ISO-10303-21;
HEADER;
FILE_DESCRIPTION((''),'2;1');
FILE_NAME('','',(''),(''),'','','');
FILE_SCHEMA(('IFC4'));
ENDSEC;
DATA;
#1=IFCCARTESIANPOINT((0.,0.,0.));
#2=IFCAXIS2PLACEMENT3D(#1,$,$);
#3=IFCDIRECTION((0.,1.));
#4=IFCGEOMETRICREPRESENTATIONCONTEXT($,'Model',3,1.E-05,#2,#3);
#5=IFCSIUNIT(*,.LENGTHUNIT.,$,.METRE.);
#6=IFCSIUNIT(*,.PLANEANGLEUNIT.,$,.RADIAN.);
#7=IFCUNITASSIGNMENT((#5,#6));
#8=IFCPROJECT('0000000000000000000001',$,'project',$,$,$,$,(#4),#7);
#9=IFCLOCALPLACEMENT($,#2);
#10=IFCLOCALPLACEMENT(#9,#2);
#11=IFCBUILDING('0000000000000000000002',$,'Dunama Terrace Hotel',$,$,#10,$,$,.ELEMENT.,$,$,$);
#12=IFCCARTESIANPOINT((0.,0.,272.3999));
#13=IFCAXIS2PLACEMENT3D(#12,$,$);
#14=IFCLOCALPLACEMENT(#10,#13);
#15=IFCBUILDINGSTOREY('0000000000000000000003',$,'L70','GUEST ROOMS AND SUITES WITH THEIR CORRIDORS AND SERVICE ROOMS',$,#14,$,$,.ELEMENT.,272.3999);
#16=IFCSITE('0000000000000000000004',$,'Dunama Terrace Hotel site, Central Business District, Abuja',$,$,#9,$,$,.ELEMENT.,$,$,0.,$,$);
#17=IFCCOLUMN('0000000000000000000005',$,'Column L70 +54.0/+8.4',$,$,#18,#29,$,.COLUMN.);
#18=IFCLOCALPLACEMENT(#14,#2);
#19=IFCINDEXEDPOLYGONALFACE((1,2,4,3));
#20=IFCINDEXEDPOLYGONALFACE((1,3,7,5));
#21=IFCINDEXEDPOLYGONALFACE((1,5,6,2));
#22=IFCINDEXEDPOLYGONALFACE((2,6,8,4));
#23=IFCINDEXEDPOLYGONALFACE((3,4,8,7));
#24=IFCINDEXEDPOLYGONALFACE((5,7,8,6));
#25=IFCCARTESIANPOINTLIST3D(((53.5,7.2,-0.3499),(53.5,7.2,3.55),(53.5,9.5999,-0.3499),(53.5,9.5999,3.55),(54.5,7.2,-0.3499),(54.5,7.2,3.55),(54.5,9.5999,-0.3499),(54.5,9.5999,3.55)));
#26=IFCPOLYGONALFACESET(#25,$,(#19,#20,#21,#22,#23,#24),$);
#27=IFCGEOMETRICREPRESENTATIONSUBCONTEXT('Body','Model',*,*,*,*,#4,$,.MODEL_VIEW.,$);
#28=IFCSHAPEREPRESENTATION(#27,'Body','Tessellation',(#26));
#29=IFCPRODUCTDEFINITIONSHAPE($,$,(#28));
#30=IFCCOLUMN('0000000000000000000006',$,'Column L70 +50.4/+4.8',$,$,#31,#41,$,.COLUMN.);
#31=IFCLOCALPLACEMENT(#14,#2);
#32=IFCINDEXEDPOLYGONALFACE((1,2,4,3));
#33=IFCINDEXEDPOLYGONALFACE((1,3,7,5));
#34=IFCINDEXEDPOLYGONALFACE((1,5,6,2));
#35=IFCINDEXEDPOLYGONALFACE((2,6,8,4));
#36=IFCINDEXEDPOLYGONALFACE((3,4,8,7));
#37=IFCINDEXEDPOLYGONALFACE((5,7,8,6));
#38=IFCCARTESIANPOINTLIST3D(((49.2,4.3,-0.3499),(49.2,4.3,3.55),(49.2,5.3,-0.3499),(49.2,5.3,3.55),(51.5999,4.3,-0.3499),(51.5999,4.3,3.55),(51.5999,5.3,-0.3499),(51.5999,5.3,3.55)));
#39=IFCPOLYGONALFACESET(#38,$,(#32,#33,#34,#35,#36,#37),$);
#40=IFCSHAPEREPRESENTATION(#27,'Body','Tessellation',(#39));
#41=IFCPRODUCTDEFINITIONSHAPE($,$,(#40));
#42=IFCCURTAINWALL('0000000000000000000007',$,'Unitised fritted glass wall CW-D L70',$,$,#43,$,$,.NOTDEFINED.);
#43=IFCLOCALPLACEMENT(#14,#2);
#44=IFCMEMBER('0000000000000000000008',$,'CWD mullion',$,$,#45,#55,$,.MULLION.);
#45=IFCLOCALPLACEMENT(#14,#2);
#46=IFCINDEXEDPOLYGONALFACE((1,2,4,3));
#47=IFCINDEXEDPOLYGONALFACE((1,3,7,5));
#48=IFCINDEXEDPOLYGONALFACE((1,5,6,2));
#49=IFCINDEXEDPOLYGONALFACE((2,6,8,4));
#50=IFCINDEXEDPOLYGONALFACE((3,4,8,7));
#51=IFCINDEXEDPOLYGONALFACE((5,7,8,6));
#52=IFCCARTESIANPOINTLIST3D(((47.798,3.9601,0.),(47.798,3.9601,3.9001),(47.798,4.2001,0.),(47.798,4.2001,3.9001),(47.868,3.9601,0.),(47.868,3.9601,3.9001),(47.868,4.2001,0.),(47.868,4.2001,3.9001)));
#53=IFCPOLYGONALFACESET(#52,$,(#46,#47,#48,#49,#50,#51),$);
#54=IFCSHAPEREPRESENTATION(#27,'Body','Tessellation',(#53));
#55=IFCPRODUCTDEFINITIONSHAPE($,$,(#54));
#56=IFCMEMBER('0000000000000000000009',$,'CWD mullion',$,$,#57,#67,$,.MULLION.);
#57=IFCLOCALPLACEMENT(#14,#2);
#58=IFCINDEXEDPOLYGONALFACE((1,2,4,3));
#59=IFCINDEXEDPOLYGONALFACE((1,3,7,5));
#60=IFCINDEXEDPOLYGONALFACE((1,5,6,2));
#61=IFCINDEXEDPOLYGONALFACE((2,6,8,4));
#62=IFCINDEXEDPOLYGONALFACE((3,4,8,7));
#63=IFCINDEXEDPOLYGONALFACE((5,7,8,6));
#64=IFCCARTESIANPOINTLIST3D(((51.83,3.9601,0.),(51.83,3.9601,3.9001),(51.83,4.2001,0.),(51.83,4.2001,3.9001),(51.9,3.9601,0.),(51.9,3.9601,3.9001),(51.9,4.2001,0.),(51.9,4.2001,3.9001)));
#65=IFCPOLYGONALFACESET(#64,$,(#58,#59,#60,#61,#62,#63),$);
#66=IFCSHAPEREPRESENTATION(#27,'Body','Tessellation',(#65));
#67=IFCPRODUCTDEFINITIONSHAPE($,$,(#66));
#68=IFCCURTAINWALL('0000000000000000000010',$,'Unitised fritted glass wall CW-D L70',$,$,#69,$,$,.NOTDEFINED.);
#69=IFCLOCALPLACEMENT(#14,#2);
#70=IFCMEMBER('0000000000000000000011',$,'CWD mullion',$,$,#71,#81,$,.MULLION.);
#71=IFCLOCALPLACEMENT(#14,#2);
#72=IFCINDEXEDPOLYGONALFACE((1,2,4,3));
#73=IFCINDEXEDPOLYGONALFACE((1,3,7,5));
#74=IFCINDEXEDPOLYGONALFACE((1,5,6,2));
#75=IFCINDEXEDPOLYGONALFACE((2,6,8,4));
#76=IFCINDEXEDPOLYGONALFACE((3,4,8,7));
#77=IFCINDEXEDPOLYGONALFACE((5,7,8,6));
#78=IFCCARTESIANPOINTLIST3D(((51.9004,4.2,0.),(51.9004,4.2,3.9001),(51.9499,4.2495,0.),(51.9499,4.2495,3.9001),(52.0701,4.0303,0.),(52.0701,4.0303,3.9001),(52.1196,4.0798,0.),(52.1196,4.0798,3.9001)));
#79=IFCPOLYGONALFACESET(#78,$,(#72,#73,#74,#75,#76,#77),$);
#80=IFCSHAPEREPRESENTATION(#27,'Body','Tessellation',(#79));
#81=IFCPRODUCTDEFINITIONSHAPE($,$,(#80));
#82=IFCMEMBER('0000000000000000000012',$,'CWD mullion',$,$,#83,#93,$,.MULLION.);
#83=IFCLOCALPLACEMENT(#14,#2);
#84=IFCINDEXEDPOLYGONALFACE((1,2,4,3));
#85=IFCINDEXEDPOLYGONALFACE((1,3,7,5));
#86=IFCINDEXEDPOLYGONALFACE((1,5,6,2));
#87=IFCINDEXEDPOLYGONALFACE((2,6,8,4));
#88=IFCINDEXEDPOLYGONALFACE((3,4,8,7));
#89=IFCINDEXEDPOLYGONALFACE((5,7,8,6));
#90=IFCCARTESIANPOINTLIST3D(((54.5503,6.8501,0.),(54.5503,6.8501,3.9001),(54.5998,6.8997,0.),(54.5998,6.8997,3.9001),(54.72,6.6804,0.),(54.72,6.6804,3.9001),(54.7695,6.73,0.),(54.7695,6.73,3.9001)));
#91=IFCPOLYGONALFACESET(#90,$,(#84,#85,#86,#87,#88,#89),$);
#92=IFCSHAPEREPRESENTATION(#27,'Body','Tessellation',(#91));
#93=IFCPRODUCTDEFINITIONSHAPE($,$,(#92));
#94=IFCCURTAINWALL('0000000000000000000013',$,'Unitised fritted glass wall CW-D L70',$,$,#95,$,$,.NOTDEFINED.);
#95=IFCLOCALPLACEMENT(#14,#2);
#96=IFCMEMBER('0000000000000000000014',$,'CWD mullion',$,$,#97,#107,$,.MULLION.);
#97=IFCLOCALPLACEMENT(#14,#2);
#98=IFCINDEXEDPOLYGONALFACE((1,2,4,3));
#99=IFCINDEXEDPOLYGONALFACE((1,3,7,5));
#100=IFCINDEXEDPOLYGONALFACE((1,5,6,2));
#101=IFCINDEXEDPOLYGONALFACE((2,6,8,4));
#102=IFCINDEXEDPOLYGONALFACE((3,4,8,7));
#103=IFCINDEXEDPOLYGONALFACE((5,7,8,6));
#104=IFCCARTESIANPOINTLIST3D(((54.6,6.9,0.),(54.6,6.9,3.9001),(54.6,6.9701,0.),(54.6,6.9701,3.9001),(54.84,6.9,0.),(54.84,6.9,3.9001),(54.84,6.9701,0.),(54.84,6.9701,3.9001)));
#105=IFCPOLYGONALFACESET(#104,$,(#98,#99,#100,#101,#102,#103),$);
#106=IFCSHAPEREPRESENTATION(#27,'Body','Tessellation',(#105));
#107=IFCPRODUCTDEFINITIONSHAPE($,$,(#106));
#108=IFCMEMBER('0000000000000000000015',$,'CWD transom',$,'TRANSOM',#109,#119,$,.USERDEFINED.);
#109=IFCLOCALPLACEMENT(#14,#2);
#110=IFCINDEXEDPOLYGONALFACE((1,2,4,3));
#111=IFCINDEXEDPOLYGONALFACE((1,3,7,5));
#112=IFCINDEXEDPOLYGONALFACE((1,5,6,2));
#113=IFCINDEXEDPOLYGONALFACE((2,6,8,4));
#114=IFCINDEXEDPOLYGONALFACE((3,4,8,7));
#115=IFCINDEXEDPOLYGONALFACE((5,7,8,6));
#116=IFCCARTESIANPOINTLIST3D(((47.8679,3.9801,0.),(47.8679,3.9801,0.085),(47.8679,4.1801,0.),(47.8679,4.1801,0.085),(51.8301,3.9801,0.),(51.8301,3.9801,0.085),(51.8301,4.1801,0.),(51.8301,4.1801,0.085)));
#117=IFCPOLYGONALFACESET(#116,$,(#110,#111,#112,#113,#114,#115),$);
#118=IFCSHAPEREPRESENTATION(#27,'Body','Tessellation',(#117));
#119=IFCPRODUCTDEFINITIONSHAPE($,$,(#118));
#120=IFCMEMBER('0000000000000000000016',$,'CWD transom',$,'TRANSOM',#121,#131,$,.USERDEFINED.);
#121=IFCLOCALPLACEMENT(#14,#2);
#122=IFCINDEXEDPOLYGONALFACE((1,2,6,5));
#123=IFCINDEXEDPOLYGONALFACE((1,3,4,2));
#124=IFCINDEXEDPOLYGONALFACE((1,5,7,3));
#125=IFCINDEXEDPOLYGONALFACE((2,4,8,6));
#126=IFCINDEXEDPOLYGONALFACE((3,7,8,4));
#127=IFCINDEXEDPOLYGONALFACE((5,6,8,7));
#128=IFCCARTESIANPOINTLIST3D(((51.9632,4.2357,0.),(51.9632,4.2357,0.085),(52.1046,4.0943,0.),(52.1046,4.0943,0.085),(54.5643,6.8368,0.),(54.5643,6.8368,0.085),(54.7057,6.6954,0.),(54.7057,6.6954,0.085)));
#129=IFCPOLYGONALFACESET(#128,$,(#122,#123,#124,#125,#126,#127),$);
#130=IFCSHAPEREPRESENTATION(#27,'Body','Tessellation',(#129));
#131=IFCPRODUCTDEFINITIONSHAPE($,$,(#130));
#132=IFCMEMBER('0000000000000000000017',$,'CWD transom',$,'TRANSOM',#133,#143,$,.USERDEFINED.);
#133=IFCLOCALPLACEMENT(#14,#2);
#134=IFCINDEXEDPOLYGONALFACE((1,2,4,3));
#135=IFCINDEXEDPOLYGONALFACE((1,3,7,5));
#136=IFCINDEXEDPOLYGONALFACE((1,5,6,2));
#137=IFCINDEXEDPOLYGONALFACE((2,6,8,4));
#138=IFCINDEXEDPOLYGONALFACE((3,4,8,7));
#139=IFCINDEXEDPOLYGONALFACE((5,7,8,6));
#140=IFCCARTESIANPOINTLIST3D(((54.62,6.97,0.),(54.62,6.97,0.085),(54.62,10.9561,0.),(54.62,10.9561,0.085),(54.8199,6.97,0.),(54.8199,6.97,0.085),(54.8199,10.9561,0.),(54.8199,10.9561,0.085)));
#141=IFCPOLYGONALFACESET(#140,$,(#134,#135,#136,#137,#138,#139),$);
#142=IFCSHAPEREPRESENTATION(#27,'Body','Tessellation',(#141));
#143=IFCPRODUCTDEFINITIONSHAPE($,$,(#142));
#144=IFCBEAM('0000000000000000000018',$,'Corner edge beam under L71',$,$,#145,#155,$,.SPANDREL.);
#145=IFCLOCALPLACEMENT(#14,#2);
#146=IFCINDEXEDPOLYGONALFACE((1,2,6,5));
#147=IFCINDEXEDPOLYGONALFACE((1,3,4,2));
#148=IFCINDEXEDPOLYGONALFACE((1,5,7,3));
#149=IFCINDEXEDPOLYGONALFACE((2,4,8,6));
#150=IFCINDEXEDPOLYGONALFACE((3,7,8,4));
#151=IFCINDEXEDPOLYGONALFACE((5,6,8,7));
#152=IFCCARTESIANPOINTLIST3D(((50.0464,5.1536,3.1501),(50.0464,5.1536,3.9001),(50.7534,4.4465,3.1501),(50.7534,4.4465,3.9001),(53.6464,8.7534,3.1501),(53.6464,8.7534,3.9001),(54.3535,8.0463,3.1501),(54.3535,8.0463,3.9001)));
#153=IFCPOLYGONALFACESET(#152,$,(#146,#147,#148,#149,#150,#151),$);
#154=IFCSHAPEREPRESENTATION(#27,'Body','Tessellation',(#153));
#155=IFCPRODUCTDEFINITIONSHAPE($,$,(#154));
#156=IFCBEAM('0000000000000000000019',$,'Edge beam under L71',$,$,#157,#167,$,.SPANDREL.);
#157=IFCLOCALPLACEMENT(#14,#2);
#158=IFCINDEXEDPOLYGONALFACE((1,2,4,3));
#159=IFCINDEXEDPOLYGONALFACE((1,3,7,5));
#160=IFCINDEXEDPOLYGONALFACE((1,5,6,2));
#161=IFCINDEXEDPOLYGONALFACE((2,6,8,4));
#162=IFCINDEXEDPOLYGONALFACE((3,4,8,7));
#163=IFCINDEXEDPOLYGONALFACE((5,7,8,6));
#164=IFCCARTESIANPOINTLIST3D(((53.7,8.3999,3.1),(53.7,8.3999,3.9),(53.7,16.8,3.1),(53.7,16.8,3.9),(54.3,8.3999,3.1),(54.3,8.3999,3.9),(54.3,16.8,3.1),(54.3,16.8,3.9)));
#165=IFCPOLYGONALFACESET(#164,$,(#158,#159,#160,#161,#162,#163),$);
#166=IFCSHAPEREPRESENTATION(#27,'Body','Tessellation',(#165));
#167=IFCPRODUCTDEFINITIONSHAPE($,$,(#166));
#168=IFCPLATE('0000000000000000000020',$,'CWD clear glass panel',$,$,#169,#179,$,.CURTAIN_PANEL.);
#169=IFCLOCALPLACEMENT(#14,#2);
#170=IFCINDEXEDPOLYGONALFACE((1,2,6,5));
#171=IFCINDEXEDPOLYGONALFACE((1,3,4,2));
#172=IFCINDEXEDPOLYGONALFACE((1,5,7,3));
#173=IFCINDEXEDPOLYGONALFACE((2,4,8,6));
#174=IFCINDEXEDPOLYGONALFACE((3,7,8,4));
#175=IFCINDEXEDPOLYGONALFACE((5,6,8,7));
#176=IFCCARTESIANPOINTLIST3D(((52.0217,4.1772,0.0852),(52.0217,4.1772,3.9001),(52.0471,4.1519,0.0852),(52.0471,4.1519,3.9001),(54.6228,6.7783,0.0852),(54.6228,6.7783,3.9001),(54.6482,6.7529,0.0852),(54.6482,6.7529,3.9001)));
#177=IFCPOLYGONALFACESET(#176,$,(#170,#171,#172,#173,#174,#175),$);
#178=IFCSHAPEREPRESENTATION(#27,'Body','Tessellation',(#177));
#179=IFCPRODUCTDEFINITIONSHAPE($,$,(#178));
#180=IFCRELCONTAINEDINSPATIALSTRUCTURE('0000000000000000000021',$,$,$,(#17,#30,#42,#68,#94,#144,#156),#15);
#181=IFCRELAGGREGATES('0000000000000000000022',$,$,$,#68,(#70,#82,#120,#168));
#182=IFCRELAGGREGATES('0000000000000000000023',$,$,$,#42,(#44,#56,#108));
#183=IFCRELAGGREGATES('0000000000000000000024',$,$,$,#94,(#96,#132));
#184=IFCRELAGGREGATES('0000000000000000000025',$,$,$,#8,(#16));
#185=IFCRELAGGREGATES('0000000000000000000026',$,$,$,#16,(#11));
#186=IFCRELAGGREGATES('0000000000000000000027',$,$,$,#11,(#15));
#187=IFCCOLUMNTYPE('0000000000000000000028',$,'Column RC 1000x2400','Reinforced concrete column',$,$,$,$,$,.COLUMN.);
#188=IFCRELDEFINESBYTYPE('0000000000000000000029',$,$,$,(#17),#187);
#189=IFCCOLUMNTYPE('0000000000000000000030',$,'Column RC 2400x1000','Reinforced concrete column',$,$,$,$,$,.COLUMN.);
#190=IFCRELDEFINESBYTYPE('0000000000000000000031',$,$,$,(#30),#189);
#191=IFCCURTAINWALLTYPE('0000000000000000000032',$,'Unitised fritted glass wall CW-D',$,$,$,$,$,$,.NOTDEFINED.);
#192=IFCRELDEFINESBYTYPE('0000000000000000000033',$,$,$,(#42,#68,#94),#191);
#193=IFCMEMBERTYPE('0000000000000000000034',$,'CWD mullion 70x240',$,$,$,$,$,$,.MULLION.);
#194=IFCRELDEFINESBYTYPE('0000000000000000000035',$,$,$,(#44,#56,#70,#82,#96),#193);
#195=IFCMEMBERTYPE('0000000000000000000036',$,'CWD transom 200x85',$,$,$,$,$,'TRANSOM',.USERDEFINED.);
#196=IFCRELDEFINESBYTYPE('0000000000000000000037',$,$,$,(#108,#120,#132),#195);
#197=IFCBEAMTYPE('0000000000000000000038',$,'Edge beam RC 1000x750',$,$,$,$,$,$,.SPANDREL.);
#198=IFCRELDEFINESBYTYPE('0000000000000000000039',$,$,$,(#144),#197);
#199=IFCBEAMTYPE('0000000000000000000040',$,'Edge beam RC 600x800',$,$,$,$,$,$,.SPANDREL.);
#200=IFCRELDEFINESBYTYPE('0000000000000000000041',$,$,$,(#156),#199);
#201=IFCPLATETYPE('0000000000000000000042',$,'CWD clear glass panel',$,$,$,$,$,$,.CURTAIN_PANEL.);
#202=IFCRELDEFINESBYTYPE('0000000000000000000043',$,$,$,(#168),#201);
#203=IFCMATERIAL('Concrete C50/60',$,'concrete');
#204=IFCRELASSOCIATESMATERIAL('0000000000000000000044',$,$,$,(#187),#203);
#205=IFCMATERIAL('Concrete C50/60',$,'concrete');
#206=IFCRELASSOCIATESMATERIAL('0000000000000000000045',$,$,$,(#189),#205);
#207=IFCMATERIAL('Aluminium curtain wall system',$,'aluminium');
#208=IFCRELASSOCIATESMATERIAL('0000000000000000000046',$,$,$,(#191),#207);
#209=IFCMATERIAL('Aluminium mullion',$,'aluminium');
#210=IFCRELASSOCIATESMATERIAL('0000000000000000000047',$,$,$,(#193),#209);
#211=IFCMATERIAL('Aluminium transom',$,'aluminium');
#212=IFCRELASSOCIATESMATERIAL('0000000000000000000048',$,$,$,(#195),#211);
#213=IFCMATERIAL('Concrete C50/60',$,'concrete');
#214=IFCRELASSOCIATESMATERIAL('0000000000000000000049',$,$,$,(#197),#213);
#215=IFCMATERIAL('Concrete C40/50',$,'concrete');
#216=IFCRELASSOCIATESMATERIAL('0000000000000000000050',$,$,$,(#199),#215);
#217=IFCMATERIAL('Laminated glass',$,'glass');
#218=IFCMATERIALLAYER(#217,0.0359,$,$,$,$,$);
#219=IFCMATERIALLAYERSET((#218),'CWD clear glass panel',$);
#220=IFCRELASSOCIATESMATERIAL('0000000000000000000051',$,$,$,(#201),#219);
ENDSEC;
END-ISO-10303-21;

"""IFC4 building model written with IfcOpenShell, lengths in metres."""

from ifc_helpers import new_model, si_unit, direction, frame, origin, origin_2d, place, context, subcontext, project, spatial, rectangle, extrude, material, layer, layer_set, material_profile, profile_set, type_object, element, aggregate, save


model = new_model("IFC4")

# Units and contexts
model_context = context("Model", 3, precision=1e-05, world=origin(), true_north=direction((0.0, 1.0)))
body_context = subcontext(model_context, "Body", "Model", "MODEL_VIEW")
ifc_project = project(units=[si_unit("LENGTHUNIT", "METRE"), si_unit("PLANEANGLEUNIT", "RADIAN")], contexts=[model_context])

# Site, building, storey
site_placement = place(None, origin())
site = spatial("IfcSite", under=ifc_project, at=site_placement, Name="Dunama Terrace Hotel site, Central Business District, Abuja", CompositionType="ELEMENT", RefElevation=0.0)
building_placement = place(site_placement, origin())
building = spatial("IfcBuilding", under=site, at=building_placement, Name="Dunama Terrace Hotel", CompositionType="ELEMENT")
storey_placement = place(building_placement, frame((0.0, 0.0, 272.3999)))
storey = spatial("IfcBuildingStorey", under=building, at=storey_placement, Name="L70", Description="GUEST ROOMS AND SUITES WITH THEIR CORRIDORS AND SERVICE ROOMS", CompositionType="ELEMENT", Elevation=272.3999)

# Columns
ifc_material_1 = material(Name="Concrete C50/60", Category="concrete")
ifc_material_profile_1 = material_profile(ifc_material_1, rectangle(XDim=1.0, YDim=2.3999, at=origin_2d()), Name="RC 1000x2400")
ifc_profile_set_1 = profile_set([ifc_material_profile_1], Name="Concrete C50/60")
column_type_1 = type_object("IfcColumnType", Name="Column RC 1000x2400", Description="Reinforced concrete column", PredefinedType="COLUMN", material=ifc_profile_set_1)
column_1_placement = place(storey_placement, frame((54.0, 8.3999, -0.3499), z_axis=(0.0, 0.0, 1.0), x_axis=(1.0, 0.0, 0.0)))
element("IfcColumn", 1, at=column_1_placement, inside=storey, type_object=column_type_1, Name="Column L70 +54.0/+8.4", PredefinedType="COLUMN", context=body_context, shape_type="SweptSolid", body=[
    extrude(rectangle(XDim=1.0, YDim=2.3999, at=origin_2d()), origin(), (0.0, 0.0, 1.0), 3.8999),
])
ifc_material_2 = material(Name="Concrete C50/60", Category="concrete")
ifc_material_profile_2 = material_profile(ifc_material_2, rectangle(XDim=2.3999, YDim=1.0, at=origin_2d()), Name="RC 2400x1000")
ifc_profile_set_2 = profile_set([ifc_material_profile_2], Name="Concrete C50/60")
column_type_2 = type_object("IfcColumnType", Name="Column RC 2400x1000", Description="Reinforced concrete column", PredefinedType="COLUMN", material=ifc_profile_set_2)
column_2_placement = place(storey_placement, frame((50.3999, 4.8, -0.3499), z_axis=(0.0, 0.0, 1.0), x_axis=(1.0, 0.0, 0.0)))
element("IfcColumn", 2, at=column_2_placement, inside=storey, type_object=column_type_2, Name="Column L70 +50.4/+4.8", PredefinedType="COLUMN", context=body_context, shape_type="SweptSolid", body=[
    extrude(rectangle(XDim=2.3999, YDim=1.0, at=origin_2d()), origin(), (0.0, 0.0, 1.0), 3.8999),
])

# Curtain walls, members
ifc_material_3 = material(Name="Aluminium curtain wall system", Category="aluminium")
curtain_wall_type = type_object("IfcCurtainWallType", Name="Unitised fritted glass wall CW-D", PredefinedType="NOTDEFINED", material=ifc_material_3)
curtain_wall_1_placement = place(storey_placement, origin())
curtain_wall_1 = element("IfcCurtainWall", 3, at=curtain_wall_1_placement, inside=storey, type_object=curtain_wall_type, Name="Unitised fritted glass wall CW-D L70", PredefinedType="NOTDEFINED")
ifc_material_4 = material(Name="Aluminium mullion", Category="aluminium")
ifc_material_profile_3 = material_profile(ifc_material_4, rectangle(XDim=0.0701, YDim=0.24, at=origin_2d()), Name="CWD MULLION 70X240")
ifc_profile_set_3 = profile_set([ifc_material_profile_3], Name="Aluminium mullion")
member_type_1 = type_object("IfcMemberType", Name="CWD mullion 70x240", PredefinedType="MULLION", material=ifc_profile_set_3)
member_1_placement = place(storey_placement, frame((47.833, 4.0801, 0.0), z_axis=(0.0, 0.0, 1.0), x_axis=(1.0, 0.0, 0.0)))
member_1 = element("IfcMember", 4, at=member_1_placement, type_object=member_type_1, Name="CWD mullion", PredefinedType="MULLION", context=body_context, shape_type="SweptSolid", body=[
    extrude(rectangle(XDim=0.0701, YDim=0.24, at=origin_2d()), origin(), (0.0, 0.0, 1.0), 3.9001),
])
member_2_placement = place(storey_placement, frame((51.865, 4.0801, 0.0), z_axis=(0.0, 0.0, 1.0), x_axis=(1.0, 0.0, 0.0)))
member_2 = element("IfcMember", 5, at=member_2_placement, type_object=member_type_1, Name="CWD mullion", PredefinedType="MULLION", context=body_context, shape_type="SweptSolid", body=[
    extrude(rectangle(XDim=0.0701, YDim=0.24, at=origin_2d()), origin(), (0.0, 0.0, 1.0), 3.9001),
])
curtain_wall_2_placement = place(storey_placement, origin())
curtain_wall_2 = element("IfcCurtainWall", 6, at=curtain_wall_2_placement, inside=storey, type_object=curtain_wall_type, Name="Unitised fritted glass wall CW-D L70", PredefinedType="NOTDEFINED")
member_3_placement = place(storey_placement, frame((52.01, 4.1399, 0.0), z_axis=(0.0, 0.0, 1.0), x_axis=(0.707107, 0.707107, 0.0)))
member_3 = element("IfcMember", 7, at=member_3_placement, type_object=member_type_1, Name="CWD mullion", PredefinedType="MULLION", context=body_context, shape_type="SweptSolid", body=[
    extrude(rectangle(XDim=0.0701, YDim=0.24, at=origin_2d()), origin(), (0.0, 0.0, 1.0), 3.9001),
])
member_4_placement = place(storey_placement, frame((54.6599, 6.79, 0.0), z_axis=(0.0, 0.0, 1.0), x_axis=(0.707107, 0.707107, 0.0)))
member_4 = element("IfcMember", 8, at=member_4_placement, type_object=member_type_1, Name="CWD mullion", PredefinedType="MULLION", context=body_context, shape_type="SweptSolid", body=[
    extrude(rectangle(XDim=0.0701, YDim=0.24, at=origin_2d()), origin(), (0.0, 0.0, 1.0), 3.9001),
])

# Curtain wall, member
curtain_wall_3_placement = place(storey_placement, origin())
curtain_wall_3 = element("IfcCurtainWall", 9, at=curtain_wall_3_placement, inside=storey, type_object=curtain_wall_type, Name="Unitised fritted glass wall CW-D L70", PredefinedType="NOTDEFINED")
member_5_placement = place(storey_placement, frame((54.72, 6.9351, 0.0), z_axis=(0.0, 0.0, 1.0), x_axis=(0.0, 1.0, 0.0)))
member_5 = element("IfcMember", 10, at=member_5_placement, type_object=member_type_1, Name="CWD mullion", PredefinedType="MULLION", context=body_context, shape_type="SweptSolid", body=[
    extrude(rectangle(XDim=0.0701, YDim=0.24, at=origin_2d()), origin(), (0.0, 0.0, 1.0), 3.9001),
])

# Members
ifc_material_5 = material(Name="Aluminium transom", Category="aluminium")
ifc_material_profile_4 = material_profile(ifc_material_5, rectangle(XDim=0.2, YDim=0.085, at=origin_2d()), Name="CWD TRANSOM 200X85")
ifc_profile_set_4 = profile_set([ifc_material_profile_4], Name="Aluminium transom")
member_type_2 = type_object("IfcMemberType", Name="CWD transom 200x85", ElementType="TRANSOM", PredefinedType="USERDEFINED", material=ifc_profile_set_4)
member_6_placement = place(storey_placement, frame((47.8679, 4.0801, 0.0425), z_axis=(1.0, 0.0, 0.0), x_axis=(0.0, 1.0, 0.0)))
member_6 = element("IfcMember", 11, at=member_6_placement, type_object=member_type_2, Name="CWD transom", ObjectType="TRANSOM", PredefinedType="USERDEFINED", context=body_context, shape_type="SweptSolid", body=[
    extrude(rectangle(XDim=0.2, YDim=0.085, at=origin_2d()), origin(), (0.0, 0.0, 1.0), 3.9622),
])
member_7_placement = place(storey_placement, frame((52.0339, 4.165, 0.0425), z_axis=(0.707107, 0.707107, 0.0), x_axis=(-0.707107, 0.707107, 0.0)))
member_7 = element("IfcMember", 12, at=member_7_placement, type_object=member_type_2, Name="CWD transom", ObjectType="TRANSOM", PredefinedType="USERDEFINED", context=body_context, shape_type="SweptSolid", body=[
    extrude(rectangle(XDim=0.2, YDim=0.085, at=origin_2d()), origin(), (0.0, 0.0, 1.0), 3.6785),
])
member_8_placement = place(storey_placement, frame((54.72, 6.97, 0.0425), z_axis=(0.0, 1.0, 0.0), x_axis=(-1.0, 0.0, 0.0)))
member_8 = element("IfcMember", 13, at=member_8_placement, type_object=member_type_2, Name="CWD transom", ObjectType="TRANSOM", PredefinedType="USERDEFINED", context=body_context, shape_type="SweptSolid", body=[
    extrude(rectangle(XDim=0.2, YDim=0.085, at=origin_2d()), origin(), (0.0, 0.0, 1.0), 3.9861),
])

# Beams
ifc_material_6 = material(Name="Concrete C50/60", Category="concrete")
ifc_material_profile_5 = material_profile(ifc_material_6, rectangle(XDim=1.0, YDim=0.75, at=origin_2d()), Name="RC 1000x750")
ifc_profile_set_5 = profile_set([ifc_material_profile_5], Name="Concrete C50/60")
beam_type_1 = type_object("IfcBeamType", Name="Edge beam RC 1000x750", PredefinedType="SPANDREL", material=ifc_profile_set_5)
beam_1_placement = place(storey_placement, frame((50.3999, 4.8, 3.5251), z_axis=(0.707131, 0.707083, 0.0), x_axis=(-0.707083, 0.707131, 0.0)))
element("IfcBeam", 14, at=beam_1_placement, inside=storey, type_object=beam_type_1, Name="Corner edge beam under L71", PredefinedType="SPANDREL", context=body_context, shape_type="SweptSolid", body=[
    extrude(rectangle(XDim=1.0, YDim=0.75, at=origin_2d()), origin(), (0.0, 0.0, 1.0), 5.0911),
])
ifc_material_7 = material(Name="Concrete C40/50", Category="concrete")
ifc_material_profile_6 = material_profile(ifc_material_7, rectangle(XDim=0.6001, YDim=0.8, at=origin_2d()), Name="RC 600x800")
ifc_profile_set_6 = profile_set([ifc_material_profile_6], Name="Concrete C40/50")
beam_type_2 = type_object("IfcBeamType", Name="Edge beam RC 600x800", PredefinedType="SPANDREL", material=ifc_profile_set_6)
beam_2_placement = place(storey_placement, frame((54.0, 8.3999, 3.5), z_axis=(0.0, 1.0, 0.0), x_axis=(-1.0, 0.0, 0.0)))
element("IfcBeam", 15, at=beam_2_placement, inside=storey, type_object=beam_type_2, Name="Edge beam under L71", PredefinedType="SPANDREL", context=body_context, shape_type="SweptSolid", body=[
    extrude(rectangle(XDim=0.6001, YDim=0.8, at=origin_2d()), origin(), (0.0, 0.0, 1.0), 8.4001),
])

# Plate
ifc_material_8 = material(Name="Laminated glass", Category="glass")
ifc_layer_1 = layer(ifc_material_8, 0.0359)
ifc_layer_set_1 = layer_set([ifc_layer_1], Name="CWD clear glass panel")
plate_type_1 = type_object("IfcPlateType", Name="CWD clear glass panel", PredefinedType="CURTAIN_PANEL", material=ifc_layer_set_1)
plate_1_placement = place(storey_placement, frame((53.335, 5.4651, 0.0852), z_axis=(0.0, 0.0, 1.0), x_axis=(0.707107, 0.707107, 0.0)))
plate_1 = element("IfcPlate", 16, at=plate_1_placement, type_object=plate_type_1, Name="CWD clear glass panel", PredefinedType="CURTAIN_PANEL", context=body_context, shape_type="SweptSolid", body=[
    extrude(rectangle(XDim=3.6785, YDim=0.0359, at=origin_2d()), origin(), (0.0, 0.0, 1.0), 3.8149),
])
aggregate(curtain_wall_2, [member_3, member_4, member_7, plate_1])
aggregate(curtain_wall_1, [member_1, member_2, member_6])
aggregate(curtain_wall_3, [member_5, member_8])

save(model, "model.ifc")
